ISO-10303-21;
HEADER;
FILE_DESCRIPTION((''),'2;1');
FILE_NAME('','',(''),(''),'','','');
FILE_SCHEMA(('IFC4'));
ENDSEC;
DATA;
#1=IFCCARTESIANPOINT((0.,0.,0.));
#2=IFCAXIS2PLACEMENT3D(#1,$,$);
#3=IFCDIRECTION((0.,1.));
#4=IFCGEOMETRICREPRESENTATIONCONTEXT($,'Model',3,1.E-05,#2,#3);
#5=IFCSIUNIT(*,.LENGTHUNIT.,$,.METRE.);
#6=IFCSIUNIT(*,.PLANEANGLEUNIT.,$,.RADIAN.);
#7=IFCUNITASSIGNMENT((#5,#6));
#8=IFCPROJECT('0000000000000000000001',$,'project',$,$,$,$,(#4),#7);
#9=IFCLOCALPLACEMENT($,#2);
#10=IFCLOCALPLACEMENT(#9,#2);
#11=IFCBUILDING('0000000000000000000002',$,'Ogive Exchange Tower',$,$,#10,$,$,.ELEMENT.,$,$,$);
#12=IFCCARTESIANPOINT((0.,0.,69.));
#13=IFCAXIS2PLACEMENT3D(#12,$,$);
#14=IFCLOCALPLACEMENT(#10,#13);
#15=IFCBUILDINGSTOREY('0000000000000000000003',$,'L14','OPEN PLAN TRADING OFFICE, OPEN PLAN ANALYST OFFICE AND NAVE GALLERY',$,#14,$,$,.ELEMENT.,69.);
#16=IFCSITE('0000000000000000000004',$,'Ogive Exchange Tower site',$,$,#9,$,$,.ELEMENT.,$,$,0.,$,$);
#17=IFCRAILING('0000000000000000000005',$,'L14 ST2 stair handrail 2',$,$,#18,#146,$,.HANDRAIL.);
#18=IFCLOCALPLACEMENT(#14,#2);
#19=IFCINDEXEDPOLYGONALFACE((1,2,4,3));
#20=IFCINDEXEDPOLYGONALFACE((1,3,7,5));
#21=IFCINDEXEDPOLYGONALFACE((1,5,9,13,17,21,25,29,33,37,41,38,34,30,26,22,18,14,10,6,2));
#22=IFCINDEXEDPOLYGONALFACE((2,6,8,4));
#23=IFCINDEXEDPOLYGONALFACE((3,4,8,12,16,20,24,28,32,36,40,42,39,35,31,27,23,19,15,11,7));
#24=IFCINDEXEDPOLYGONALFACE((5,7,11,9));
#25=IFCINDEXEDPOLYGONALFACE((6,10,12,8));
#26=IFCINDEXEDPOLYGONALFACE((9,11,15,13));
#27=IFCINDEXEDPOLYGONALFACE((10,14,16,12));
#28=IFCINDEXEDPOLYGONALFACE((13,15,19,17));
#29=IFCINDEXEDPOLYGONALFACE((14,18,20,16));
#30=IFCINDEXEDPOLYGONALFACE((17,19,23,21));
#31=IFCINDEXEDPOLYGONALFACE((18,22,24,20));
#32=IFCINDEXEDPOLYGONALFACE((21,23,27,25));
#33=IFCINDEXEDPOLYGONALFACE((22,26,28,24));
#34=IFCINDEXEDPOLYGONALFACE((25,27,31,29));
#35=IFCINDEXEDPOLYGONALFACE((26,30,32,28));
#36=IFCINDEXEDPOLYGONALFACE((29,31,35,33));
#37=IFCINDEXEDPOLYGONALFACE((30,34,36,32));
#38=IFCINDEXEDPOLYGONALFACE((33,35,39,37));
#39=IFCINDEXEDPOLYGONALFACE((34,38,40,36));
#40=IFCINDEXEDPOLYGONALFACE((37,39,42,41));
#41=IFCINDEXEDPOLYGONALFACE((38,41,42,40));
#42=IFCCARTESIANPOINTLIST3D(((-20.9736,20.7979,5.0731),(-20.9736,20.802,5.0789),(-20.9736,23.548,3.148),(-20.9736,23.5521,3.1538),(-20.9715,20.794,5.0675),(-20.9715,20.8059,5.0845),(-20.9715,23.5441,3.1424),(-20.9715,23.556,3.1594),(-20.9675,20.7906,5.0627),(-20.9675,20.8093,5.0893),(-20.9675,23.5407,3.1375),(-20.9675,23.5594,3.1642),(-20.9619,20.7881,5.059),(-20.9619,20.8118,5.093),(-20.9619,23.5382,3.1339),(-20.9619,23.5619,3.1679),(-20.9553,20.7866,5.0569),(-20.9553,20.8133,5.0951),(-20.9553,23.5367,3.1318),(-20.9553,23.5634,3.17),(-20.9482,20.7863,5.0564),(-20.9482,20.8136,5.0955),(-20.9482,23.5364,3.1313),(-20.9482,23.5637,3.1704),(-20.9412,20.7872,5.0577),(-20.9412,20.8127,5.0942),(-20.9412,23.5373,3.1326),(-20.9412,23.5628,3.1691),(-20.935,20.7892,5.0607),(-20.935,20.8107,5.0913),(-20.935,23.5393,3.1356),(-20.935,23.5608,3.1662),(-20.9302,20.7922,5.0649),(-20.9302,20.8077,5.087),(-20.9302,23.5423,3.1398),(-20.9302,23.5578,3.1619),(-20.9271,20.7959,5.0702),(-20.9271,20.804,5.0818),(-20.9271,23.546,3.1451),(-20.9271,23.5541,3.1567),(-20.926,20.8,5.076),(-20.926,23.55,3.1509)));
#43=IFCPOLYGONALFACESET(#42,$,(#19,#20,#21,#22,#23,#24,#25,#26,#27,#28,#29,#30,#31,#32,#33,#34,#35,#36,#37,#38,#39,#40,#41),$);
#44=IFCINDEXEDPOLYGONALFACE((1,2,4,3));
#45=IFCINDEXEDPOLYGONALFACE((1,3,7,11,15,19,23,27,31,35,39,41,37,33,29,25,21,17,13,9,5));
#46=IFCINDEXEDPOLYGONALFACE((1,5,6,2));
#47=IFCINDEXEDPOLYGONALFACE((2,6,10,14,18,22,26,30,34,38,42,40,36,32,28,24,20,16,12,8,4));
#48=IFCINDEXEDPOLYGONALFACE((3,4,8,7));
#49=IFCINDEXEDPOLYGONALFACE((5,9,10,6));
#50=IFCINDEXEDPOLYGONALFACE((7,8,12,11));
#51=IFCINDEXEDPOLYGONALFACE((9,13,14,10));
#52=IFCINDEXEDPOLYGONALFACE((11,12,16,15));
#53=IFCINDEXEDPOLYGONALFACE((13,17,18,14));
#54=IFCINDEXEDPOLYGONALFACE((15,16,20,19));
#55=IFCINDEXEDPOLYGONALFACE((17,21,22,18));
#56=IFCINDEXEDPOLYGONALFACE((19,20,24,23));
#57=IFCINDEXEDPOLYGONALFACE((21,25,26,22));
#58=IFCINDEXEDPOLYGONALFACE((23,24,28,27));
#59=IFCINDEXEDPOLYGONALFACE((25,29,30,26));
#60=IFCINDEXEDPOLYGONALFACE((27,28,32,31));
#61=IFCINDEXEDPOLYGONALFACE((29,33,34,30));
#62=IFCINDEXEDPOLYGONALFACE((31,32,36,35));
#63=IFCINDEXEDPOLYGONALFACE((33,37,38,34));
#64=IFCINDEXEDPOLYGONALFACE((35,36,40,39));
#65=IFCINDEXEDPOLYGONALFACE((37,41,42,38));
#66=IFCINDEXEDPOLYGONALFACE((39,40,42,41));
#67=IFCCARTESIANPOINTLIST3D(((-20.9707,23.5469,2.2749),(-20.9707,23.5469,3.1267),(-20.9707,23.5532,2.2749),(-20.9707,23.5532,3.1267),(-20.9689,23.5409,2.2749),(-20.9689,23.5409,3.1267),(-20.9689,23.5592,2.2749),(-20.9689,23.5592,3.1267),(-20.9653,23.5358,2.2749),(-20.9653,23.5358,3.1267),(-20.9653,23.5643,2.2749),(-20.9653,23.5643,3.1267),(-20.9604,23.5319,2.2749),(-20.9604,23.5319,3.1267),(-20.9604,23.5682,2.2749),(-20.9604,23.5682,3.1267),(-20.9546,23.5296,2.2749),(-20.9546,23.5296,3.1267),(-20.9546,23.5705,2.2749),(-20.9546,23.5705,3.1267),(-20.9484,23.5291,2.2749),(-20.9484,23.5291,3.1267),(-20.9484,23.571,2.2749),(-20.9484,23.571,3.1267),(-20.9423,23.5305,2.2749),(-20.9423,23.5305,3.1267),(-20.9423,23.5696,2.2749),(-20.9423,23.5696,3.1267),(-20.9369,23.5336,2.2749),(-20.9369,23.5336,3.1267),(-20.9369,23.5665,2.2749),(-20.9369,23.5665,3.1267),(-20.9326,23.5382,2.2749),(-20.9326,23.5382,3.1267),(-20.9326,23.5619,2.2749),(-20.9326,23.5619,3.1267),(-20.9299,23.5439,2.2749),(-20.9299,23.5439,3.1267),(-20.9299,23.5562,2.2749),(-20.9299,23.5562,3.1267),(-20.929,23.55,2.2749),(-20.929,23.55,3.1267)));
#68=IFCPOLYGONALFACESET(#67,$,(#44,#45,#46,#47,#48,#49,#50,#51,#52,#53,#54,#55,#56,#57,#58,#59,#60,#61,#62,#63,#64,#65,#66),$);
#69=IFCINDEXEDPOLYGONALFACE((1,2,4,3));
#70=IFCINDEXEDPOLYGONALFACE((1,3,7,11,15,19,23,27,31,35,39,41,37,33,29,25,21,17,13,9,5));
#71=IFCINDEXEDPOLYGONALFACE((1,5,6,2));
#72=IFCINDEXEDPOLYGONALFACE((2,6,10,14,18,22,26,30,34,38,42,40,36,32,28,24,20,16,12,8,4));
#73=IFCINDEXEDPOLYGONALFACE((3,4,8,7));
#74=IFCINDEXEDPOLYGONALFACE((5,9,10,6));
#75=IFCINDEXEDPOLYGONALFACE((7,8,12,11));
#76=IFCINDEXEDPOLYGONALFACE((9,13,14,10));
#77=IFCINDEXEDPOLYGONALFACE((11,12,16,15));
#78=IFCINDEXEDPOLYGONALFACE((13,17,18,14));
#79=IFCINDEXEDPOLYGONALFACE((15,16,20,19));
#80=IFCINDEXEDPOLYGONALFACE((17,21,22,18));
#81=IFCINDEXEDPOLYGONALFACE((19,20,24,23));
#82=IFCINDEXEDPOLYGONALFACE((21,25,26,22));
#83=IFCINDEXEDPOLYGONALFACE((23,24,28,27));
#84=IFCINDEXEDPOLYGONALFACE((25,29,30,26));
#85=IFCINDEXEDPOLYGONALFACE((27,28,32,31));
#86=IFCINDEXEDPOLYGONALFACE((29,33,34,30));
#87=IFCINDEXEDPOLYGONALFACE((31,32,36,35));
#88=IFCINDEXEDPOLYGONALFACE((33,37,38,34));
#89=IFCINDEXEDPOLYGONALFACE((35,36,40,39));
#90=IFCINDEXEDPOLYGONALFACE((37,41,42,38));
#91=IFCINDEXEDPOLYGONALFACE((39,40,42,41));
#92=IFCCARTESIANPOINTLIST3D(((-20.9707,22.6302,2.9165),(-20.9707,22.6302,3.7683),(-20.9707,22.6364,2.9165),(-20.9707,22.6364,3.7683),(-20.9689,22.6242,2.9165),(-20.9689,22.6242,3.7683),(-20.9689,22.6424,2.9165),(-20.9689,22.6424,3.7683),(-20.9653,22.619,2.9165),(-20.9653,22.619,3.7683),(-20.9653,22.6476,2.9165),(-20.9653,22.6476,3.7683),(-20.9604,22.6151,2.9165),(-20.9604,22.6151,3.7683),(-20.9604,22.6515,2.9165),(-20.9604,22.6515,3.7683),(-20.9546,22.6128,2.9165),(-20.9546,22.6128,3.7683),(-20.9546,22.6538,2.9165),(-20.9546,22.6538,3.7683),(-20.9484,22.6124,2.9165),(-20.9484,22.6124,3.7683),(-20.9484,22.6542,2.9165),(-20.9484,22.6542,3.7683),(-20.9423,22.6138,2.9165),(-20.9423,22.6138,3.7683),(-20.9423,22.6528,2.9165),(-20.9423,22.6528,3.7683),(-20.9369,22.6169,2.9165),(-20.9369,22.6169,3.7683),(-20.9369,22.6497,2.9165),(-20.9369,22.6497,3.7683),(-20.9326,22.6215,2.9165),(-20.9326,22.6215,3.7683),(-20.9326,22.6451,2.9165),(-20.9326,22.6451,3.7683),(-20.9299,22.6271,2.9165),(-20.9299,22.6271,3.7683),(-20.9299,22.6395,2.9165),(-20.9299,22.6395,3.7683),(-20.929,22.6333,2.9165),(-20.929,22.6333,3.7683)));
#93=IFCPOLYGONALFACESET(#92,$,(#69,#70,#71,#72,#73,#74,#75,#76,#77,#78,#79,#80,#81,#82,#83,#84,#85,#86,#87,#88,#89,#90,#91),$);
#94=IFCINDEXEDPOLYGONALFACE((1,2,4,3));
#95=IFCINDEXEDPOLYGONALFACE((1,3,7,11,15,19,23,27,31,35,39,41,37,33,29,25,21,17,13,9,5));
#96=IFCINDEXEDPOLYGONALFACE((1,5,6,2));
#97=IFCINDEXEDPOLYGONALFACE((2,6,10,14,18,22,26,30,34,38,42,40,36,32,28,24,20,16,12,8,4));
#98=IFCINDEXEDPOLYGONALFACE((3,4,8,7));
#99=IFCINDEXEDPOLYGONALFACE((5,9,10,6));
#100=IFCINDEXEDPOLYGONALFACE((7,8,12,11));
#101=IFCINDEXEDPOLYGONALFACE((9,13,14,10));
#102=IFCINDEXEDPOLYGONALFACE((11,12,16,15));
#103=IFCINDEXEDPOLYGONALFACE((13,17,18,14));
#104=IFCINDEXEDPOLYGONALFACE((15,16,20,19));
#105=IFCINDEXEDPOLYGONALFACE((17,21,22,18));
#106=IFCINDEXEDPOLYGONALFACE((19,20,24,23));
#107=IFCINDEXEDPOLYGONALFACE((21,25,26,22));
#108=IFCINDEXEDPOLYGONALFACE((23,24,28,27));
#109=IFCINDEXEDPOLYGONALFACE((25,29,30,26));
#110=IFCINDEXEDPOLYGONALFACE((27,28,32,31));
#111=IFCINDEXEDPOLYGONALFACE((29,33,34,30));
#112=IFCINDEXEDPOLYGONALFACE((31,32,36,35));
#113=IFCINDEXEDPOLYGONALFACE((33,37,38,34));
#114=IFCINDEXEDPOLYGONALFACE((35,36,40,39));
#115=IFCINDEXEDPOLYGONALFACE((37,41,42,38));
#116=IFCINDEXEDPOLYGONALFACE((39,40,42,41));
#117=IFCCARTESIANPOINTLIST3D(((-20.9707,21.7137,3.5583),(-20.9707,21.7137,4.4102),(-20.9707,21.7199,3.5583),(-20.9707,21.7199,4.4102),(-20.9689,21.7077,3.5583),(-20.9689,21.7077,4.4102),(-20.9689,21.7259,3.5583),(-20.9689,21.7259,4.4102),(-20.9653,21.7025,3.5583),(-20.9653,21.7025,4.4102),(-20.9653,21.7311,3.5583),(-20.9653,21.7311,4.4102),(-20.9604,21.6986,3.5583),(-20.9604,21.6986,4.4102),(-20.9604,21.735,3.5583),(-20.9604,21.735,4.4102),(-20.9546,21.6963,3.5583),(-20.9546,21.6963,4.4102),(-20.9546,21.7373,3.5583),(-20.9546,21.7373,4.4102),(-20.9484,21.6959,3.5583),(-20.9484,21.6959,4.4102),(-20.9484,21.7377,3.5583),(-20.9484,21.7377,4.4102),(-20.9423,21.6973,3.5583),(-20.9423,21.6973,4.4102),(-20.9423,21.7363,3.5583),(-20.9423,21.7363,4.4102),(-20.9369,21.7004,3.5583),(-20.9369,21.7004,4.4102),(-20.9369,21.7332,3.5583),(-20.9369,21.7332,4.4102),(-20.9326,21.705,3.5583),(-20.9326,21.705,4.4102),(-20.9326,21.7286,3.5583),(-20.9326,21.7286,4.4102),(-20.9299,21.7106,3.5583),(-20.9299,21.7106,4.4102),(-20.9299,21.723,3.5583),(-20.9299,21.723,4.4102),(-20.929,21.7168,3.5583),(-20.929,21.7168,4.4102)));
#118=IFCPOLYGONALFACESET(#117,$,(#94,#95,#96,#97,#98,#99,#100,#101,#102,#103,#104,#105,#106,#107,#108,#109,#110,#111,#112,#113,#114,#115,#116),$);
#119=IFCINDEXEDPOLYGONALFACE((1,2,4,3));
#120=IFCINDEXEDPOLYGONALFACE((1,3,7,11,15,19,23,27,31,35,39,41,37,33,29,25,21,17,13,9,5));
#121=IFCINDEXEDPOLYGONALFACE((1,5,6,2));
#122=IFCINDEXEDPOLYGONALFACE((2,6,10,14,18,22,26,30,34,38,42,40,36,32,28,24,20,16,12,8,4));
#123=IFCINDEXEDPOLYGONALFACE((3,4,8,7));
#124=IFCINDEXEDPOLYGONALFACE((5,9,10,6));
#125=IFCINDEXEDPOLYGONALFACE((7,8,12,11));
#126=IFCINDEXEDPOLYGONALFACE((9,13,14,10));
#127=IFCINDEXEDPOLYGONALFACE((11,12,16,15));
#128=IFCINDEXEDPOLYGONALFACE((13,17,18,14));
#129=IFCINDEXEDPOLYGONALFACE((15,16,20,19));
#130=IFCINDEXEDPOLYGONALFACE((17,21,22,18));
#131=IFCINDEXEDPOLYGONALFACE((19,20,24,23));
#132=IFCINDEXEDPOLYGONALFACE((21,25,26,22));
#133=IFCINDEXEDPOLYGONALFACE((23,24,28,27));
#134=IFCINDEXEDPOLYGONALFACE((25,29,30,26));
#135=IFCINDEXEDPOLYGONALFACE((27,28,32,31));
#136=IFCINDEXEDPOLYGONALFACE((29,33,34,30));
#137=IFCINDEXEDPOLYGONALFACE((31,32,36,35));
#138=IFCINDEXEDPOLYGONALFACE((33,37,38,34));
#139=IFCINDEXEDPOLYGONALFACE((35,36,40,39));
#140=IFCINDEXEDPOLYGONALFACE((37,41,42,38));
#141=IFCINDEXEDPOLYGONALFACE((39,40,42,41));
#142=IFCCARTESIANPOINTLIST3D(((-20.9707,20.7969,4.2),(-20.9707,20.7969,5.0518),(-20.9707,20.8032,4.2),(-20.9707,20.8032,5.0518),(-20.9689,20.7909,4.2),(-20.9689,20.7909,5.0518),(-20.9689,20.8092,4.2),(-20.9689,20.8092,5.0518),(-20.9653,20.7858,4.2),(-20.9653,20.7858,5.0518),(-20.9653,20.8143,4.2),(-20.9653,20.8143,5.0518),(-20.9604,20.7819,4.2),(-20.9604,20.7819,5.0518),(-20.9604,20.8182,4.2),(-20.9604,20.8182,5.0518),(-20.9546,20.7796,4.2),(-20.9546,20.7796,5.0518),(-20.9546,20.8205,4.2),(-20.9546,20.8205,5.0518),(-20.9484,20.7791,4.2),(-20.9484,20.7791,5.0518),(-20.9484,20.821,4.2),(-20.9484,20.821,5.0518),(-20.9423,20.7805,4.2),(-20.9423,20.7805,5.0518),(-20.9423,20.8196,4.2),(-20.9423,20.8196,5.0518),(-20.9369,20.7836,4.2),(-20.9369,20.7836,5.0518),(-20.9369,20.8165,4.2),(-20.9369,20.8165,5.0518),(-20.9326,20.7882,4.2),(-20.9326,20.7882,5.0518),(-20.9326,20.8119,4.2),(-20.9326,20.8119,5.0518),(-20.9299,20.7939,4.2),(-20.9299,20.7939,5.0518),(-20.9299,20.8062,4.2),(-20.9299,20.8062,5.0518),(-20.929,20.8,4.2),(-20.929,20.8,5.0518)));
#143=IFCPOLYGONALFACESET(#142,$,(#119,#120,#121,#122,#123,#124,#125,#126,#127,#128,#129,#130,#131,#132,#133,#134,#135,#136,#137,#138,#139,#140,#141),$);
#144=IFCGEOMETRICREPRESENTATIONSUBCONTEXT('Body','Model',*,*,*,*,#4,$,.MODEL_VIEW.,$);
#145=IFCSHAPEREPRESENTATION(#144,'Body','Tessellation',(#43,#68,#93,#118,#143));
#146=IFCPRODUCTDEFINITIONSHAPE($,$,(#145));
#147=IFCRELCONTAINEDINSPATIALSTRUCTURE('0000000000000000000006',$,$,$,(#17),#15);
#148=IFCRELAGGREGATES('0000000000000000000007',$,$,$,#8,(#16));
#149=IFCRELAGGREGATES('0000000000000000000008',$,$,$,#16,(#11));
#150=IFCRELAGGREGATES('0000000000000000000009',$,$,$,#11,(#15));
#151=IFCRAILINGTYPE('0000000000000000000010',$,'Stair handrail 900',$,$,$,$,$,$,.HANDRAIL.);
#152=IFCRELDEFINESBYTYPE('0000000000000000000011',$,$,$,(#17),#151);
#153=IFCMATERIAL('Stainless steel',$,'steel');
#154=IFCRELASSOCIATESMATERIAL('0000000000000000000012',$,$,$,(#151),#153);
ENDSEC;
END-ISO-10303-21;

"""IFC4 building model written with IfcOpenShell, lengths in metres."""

from ifc_helpers import new_model, si_unit, direction, frame, origin, origin_2d, place, context, subcontext, project, spatial, circle, extrude, material, type_object, element, save


model = new_model("IFC4")

# Units and contexts
model_context = context("Model", 3, precision=1e-05, world=origin(), true_north=direction((0.0, 1.0)))
body_context = subcontext(model_context, "Body", "Model", "MODEL_VIEW")
ifc_project = project(units=[si_unit("LENGTHUNIT", "METRE"), si_unit("PLANEANGLEUNIT", "RADIAN")], contexts=[model_context])

# Site, building, storey
site_placement = place(None, origin())
site = spatial("IfcSite", under=ifc_project, at=site_placement, Name="Ogive Exchange Tower site", CompositionType="ELEMENT", RefElevation=0.0)
building_placement = place(site_placement, origin())
building = spatial("IfcBuilding", under=site, at=building_placement, Name="Ogive Exchange Tower", CompositionType="ELEMENT")
storey_placement = place(building_placement, frame((0.0, 0.0, 69.0)))
storey = spatial("IfcBuildingStorey", under=building, at=storey_placement, Name="L14", Description="OPEN PLAN TRADING OFFICE, OPEN PLAN ANALYST OFFICE AND NAVE GALLERY", CompositionType="ELEMENT", Elevation=69.0)

# Railing
ifc_material_1 = material(Name="Stainless steel", Category="steel")
railing_type = type_object("IfcRailingType", Name="Stair handrail 900", PredefinedType="HANDRAIL", material=ifc_material_1)
railing_1_placement = place(storey_placement, frame((-20.95, 23.55, 2.2749)))
element("IfcRailing", 1, at=railing_1_placement, inside=storey, type_object=railing_type, Name="L14 ST2 stair handrail 2", PredefinedType="HANDRAIL", context=body_context, shape_type="SweptSolid", body=[
    extrude(circle(Radius=0.0239, at=origin_2d()), frame((0.0, 0.0, 0.876), z_axis=(0.0, -0.819225, 0.573472), x_axis=(1.0, 0.0, 0.0)), (0.0, 0.0, 1.0), 3.3569),
    extrude(circle(Radius=0.021, at=origin_2d()), origin(), (0.0, 0.0, 1.0), 0.8518),
    extrude(circle(Radius=0.021, at=origin_2d()), frame((0.0, -0.9167, 0.6416)), (0.0, 0.0, 1.0), 0.8518),
    extrude(circle(Radius=0.021, at=origin_2d()), frame((0.0, -1.8333, 1.2834)), (0.0, 0.0, 1.0), 0.8518),
    extrude(circle(Radius=0.021, at=origin_2d()), frame((0.0, -2.75, 1.925)), (0.0, 0.0, 1.0), 0.8518),
])

save(model, "model.ifc")
